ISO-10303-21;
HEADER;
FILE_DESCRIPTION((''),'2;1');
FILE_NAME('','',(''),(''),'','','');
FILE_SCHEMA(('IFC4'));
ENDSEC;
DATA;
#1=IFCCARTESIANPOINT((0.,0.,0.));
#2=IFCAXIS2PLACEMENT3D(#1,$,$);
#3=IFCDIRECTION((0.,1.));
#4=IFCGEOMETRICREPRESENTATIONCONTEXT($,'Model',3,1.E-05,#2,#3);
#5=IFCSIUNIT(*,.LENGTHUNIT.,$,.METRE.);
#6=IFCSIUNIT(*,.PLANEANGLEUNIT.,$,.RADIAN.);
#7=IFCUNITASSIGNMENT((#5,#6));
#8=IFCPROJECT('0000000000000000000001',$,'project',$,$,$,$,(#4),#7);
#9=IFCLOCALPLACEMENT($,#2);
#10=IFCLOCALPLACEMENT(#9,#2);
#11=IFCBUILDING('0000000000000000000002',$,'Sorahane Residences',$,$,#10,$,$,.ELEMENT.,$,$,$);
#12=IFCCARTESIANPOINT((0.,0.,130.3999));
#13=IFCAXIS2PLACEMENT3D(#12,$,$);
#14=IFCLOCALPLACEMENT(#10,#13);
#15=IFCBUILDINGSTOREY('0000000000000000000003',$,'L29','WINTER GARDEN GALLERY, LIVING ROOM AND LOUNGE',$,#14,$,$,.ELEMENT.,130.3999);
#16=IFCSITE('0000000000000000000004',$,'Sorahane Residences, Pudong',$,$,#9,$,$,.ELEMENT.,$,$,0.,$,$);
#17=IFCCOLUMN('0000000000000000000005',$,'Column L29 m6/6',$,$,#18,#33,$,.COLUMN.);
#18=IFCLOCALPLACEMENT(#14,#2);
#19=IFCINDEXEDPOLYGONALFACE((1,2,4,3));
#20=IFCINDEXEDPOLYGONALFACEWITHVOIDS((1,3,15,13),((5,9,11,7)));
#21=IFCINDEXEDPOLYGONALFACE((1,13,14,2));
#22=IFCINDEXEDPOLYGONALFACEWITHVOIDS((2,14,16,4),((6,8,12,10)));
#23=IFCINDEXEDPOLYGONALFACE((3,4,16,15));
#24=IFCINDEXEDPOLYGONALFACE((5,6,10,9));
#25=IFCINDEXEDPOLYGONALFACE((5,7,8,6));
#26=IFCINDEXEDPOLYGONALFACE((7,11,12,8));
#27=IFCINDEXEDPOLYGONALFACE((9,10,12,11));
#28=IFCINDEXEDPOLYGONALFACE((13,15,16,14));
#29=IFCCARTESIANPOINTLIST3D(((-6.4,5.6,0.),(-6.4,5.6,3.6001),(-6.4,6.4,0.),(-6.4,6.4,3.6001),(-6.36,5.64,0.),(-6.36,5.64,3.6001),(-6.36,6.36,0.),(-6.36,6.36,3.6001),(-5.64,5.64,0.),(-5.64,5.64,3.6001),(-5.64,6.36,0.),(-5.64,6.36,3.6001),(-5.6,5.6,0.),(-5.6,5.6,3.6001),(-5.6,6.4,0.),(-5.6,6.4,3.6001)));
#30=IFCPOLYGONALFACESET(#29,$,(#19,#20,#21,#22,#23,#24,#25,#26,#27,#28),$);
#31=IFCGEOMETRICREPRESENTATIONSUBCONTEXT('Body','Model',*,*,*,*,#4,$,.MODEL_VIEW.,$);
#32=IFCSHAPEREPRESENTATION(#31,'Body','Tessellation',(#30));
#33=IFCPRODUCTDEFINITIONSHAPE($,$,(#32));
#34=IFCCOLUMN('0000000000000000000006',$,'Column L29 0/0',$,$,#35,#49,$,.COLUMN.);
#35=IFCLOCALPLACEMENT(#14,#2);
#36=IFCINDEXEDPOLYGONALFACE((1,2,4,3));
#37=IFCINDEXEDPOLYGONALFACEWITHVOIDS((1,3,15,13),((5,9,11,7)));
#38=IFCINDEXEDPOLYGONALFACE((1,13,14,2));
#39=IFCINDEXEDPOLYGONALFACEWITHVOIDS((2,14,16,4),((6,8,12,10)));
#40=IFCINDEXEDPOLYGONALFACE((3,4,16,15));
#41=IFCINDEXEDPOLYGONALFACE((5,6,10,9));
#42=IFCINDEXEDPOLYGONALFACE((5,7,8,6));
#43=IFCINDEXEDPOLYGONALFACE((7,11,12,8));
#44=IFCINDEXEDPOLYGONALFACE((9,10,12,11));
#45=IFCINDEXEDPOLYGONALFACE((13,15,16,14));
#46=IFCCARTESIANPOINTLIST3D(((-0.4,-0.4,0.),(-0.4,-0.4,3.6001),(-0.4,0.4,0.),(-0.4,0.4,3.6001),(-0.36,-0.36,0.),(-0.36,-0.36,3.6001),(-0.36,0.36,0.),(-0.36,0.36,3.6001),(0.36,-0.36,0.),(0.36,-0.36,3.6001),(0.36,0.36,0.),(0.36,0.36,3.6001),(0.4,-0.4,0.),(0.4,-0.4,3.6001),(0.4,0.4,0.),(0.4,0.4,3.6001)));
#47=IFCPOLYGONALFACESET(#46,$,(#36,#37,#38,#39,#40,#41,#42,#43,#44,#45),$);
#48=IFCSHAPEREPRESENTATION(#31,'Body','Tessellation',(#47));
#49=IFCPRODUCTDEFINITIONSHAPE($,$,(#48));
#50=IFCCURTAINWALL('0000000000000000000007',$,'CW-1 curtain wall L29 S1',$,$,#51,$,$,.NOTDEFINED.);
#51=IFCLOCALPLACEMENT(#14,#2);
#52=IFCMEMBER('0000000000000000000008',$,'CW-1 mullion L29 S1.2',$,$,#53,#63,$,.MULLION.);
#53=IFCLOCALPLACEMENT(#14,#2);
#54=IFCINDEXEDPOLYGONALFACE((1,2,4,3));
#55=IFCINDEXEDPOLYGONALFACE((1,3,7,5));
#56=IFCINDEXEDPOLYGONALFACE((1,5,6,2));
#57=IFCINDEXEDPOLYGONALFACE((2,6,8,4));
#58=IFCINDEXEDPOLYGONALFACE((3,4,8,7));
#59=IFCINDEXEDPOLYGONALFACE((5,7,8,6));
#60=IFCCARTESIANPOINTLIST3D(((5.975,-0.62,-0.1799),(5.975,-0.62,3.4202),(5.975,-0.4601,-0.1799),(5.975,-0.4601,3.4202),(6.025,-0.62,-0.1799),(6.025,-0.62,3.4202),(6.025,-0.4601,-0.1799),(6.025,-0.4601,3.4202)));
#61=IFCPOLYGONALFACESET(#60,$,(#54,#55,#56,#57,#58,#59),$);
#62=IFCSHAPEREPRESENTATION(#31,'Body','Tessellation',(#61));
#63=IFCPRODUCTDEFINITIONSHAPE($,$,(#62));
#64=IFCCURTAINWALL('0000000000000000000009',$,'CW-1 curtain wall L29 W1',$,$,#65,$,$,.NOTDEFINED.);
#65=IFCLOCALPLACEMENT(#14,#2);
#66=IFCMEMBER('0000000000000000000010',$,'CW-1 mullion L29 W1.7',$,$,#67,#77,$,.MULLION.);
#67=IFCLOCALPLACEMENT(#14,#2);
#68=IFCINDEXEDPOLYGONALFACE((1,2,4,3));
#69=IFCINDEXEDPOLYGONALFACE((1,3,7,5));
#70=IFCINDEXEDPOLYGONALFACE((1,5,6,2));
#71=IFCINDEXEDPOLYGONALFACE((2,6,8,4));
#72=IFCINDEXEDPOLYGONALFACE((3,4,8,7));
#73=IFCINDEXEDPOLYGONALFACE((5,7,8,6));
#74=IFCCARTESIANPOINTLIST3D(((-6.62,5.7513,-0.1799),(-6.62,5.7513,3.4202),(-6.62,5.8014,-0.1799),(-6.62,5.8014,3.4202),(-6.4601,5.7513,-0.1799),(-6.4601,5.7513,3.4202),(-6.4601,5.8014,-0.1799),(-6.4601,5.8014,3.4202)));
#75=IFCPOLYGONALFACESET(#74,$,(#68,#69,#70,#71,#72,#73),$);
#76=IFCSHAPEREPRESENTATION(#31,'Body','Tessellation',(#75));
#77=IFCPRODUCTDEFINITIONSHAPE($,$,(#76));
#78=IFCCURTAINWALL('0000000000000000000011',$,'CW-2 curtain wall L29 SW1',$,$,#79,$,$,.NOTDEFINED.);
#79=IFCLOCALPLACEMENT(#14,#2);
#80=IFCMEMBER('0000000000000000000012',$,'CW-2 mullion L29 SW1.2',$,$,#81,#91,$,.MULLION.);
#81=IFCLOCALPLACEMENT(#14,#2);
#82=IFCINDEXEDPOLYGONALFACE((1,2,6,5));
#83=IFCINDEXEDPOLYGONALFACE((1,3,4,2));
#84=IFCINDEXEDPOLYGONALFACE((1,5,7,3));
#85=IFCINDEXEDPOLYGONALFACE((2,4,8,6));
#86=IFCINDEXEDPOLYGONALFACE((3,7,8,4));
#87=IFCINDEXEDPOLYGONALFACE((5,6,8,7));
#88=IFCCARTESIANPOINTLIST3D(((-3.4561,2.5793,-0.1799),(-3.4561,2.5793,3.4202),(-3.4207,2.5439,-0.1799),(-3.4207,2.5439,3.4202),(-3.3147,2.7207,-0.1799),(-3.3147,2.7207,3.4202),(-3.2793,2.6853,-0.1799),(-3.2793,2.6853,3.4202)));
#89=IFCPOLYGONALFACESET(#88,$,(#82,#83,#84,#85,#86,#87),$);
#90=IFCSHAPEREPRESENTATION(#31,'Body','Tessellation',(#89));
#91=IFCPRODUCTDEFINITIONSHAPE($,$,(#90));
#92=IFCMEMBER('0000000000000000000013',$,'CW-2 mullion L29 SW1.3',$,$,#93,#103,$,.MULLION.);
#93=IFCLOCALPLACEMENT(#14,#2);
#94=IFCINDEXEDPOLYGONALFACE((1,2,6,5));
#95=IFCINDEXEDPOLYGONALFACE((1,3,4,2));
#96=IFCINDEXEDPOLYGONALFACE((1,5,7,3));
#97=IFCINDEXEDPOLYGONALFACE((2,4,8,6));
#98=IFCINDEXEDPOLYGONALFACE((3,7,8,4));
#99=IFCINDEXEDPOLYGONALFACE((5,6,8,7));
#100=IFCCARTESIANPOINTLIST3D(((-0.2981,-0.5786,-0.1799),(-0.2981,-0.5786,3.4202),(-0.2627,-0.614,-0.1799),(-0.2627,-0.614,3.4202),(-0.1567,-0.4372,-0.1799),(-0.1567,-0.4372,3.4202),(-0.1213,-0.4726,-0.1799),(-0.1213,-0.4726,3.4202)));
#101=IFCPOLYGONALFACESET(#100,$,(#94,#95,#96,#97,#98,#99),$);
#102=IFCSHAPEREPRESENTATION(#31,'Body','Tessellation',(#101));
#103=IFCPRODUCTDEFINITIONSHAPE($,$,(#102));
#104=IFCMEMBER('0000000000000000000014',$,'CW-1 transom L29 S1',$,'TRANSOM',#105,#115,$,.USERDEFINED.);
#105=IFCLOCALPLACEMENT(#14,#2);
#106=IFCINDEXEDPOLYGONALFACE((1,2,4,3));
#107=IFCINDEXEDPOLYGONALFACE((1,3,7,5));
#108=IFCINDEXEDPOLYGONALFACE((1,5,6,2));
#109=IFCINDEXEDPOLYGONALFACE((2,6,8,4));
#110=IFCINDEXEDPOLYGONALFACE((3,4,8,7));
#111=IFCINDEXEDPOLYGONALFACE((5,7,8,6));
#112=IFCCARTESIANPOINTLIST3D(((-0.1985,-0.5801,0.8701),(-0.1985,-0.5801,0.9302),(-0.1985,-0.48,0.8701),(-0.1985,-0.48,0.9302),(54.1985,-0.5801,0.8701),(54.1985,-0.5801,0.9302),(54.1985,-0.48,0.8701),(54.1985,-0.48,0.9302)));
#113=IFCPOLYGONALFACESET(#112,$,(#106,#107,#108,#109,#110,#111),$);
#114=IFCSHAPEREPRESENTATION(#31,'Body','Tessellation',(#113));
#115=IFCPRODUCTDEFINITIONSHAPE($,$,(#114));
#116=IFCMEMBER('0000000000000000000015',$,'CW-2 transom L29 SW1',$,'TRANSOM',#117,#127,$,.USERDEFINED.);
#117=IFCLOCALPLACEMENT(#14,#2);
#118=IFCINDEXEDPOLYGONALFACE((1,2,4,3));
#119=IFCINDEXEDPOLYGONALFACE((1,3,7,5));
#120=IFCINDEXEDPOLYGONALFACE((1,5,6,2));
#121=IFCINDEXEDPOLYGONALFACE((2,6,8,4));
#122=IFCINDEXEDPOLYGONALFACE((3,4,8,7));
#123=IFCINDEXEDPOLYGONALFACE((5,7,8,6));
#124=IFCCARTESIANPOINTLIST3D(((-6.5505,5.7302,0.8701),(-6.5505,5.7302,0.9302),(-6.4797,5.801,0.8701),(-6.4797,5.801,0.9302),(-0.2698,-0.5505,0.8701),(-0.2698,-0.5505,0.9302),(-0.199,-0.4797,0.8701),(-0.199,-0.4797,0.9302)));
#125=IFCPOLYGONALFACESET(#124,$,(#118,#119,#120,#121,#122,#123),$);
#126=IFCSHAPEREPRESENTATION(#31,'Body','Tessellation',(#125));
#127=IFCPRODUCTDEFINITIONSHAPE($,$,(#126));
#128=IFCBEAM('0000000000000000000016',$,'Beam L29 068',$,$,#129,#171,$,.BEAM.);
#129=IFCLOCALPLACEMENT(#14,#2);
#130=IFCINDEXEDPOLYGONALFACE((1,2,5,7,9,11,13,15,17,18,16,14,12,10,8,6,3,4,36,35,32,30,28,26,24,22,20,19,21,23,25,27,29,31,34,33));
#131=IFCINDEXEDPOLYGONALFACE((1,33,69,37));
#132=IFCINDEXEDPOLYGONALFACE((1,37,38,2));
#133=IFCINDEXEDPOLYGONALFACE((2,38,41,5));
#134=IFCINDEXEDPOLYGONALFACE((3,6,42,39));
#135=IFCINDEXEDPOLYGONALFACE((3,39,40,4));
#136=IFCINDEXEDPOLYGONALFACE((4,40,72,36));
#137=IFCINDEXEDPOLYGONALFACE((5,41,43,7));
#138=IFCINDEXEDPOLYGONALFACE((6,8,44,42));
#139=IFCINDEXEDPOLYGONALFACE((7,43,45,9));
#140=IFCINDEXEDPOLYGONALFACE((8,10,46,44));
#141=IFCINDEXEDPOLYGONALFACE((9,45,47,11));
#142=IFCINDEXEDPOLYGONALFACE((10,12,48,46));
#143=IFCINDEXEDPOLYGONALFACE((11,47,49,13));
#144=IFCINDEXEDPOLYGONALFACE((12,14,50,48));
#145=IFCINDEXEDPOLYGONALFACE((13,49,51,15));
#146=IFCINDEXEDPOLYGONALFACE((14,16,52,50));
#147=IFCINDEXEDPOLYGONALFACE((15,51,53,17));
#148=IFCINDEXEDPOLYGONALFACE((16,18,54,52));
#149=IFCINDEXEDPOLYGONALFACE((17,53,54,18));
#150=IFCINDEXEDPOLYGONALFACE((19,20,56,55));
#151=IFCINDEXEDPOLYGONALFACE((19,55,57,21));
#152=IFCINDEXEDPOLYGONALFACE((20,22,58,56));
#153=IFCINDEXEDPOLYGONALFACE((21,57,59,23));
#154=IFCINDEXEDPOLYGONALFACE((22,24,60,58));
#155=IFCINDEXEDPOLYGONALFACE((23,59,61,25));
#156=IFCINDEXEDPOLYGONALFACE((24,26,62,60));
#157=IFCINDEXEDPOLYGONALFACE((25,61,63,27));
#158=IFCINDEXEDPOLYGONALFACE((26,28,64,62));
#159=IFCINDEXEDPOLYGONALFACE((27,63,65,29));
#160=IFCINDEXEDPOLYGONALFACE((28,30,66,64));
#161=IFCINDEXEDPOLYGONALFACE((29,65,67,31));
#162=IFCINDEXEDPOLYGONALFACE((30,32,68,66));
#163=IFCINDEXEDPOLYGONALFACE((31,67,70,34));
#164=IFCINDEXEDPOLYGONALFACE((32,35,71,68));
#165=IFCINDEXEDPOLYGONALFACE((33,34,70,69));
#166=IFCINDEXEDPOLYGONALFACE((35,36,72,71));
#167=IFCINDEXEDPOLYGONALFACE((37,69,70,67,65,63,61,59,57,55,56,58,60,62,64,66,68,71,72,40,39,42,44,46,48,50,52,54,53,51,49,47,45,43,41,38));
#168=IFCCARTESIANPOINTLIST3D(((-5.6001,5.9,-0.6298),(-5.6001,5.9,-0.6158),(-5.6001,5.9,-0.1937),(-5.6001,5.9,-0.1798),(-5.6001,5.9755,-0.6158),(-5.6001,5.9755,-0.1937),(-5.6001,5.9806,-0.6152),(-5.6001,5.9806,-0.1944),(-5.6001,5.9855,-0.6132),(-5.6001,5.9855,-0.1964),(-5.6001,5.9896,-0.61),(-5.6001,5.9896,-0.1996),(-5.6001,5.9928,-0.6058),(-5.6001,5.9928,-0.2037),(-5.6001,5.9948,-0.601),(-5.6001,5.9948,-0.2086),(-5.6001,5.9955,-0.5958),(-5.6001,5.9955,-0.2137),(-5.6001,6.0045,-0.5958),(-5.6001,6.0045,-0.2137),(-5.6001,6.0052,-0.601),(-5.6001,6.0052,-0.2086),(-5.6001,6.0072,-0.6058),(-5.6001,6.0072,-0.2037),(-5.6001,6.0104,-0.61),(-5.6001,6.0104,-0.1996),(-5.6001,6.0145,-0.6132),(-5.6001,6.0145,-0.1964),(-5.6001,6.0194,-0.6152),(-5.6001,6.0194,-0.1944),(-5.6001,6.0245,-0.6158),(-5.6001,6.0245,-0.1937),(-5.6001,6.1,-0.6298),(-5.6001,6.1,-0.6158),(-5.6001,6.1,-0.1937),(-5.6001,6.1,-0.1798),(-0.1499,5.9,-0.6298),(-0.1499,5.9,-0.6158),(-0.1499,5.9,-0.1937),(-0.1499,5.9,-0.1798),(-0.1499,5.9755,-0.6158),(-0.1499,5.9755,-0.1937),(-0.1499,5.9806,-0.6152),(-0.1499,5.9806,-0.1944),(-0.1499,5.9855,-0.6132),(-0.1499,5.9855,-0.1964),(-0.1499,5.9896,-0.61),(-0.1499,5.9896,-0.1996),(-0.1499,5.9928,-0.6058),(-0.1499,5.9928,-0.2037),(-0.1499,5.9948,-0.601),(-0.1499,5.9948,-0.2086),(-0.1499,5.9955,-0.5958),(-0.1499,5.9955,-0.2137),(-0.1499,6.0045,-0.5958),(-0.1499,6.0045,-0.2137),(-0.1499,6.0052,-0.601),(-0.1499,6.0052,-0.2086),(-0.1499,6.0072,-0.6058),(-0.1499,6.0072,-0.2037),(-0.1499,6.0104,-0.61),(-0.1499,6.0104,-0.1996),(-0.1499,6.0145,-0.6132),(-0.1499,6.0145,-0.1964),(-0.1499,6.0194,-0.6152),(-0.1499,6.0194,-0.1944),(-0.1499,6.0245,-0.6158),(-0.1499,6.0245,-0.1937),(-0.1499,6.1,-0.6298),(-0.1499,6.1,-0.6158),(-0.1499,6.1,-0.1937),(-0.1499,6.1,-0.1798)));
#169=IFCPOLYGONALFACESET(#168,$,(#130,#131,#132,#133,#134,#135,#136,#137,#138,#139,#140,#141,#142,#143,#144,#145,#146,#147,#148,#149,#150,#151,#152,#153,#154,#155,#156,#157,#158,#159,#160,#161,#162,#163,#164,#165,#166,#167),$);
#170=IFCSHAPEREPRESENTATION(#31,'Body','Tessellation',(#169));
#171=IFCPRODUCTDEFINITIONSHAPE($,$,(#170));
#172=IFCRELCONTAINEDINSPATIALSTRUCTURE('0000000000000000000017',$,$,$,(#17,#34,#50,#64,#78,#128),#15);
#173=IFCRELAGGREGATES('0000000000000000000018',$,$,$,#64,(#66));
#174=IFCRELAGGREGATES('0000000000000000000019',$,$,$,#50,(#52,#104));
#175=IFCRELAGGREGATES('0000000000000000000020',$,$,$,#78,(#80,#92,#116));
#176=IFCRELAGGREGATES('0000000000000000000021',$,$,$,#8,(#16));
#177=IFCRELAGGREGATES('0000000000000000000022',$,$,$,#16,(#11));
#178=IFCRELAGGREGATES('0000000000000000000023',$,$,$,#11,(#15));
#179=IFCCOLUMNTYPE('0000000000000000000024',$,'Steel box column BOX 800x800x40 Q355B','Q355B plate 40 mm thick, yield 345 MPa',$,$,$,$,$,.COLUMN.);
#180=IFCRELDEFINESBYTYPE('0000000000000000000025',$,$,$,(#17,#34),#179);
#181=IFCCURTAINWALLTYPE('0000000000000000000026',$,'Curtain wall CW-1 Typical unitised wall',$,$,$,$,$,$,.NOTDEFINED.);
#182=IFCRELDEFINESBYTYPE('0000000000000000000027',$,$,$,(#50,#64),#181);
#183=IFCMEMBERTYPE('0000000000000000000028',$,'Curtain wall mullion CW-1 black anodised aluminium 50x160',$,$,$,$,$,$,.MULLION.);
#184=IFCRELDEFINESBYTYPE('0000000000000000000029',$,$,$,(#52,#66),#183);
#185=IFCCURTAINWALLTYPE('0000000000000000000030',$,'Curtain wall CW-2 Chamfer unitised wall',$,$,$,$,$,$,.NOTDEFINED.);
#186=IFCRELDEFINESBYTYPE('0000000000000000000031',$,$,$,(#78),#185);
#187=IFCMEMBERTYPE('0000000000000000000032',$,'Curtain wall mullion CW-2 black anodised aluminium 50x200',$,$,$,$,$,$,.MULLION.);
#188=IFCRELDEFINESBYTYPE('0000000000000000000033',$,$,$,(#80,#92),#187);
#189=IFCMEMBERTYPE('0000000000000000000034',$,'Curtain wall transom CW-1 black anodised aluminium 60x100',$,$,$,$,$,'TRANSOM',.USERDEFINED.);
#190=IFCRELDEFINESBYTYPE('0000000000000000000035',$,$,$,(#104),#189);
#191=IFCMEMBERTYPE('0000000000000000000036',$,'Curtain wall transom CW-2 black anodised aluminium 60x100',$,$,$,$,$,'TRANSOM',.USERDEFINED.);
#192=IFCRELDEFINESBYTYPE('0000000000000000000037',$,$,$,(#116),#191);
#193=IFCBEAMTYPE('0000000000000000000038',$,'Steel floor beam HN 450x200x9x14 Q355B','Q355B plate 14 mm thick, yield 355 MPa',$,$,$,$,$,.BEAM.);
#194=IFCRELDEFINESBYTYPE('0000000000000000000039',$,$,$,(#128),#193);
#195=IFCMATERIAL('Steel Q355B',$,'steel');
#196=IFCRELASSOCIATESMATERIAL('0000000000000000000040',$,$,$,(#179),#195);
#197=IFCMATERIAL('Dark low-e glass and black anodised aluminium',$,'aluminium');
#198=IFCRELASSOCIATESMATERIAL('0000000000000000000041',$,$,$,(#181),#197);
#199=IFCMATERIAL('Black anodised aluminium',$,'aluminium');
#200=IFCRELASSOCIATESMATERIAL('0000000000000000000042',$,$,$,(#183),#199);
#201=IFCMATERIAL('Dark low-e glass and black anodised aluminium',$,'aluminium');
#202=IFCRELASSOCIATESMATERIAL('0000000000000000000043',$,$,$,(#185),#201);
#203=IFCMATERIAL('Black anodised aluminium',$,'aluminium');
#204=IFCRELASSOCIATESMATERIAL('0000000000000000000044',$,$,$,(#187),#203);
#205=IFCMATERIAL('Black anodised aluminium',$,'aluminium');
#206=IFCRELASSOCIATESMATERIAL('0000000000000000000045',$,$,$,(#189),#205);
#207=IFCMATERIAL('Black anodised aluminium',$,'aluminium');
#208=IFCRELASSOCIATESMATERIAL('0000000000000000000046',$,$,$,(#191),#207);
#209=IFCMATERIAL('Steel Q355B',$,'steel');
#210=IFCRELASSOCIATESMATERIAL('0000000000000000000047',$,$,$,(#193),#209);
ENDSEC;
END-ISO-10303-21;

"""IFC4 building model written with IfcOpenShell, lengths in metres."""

from ifc_helpers import new_model, si_unit, direction, frame, origin, origin_2d, place, context, subcontext, project, spatial, rectangle, hollow_rectangle, i_section, extrude, material, material_profile, profile_set, type_object, element, aggregate, save


model = new_model("IFC4")

# Units and contexts
model_context = context("Model", 3, precision=1e-05, world=origin(), true_north=direction((0.0, 1.0)))
body_context = subcontext(model_context, "Body", "Model", "MODEL_VIEW")
ifc_project = project(units=[si_unit("LENGTHUNIT", "METRE"), si_unit("PLANEANGLEUNIT", "RADIAN")], contexts=[model_context])

# Site, building, storey
site_placement = place(None, origin())
site = spatial("IfcSite", under=ifc_project, at=site_placement, Name="Sorahane Residences, Pudong", CompositionType="ELEMENT", RefElevation=0.0)
building_placement = place(site_placement, origin())
building = spatial("IfcBuilding", under=site, at=building_placement, Name="Sorahane Residences", CompositionType="ELEMENT")
storey_placement = place(building_placement, frame((0.0, 0.0, 130.3999)))
storey = spatial("IfcBuildingStorey", under=building, at=storey_placement, Name="L29", Description="WINTER GARDEN GALLERY, LIVING ROOM AND LOUNGE", CompositionType="ELEMENT", Elevation=130.3999)

# Columns
ifc_material_1 = material(Name="Steel Q355B", Category="steel")
ifc_material_profile_1 = material_profile(ifc_material_1, hollow_rectangle(XDim=0.8, YDim=0.8, WallThickness=0.04, at=origin_2d()), Name="BOX 800x800x40")
ifc_profile_set_1 = profile_set([ifc_material_profile_1], Name="Steel Q355B")
column_type = type_object("IfcColumnType", Name="Steel box column BOX 800x800x40 Q355B", Description="Q355B plate 40 mm thick, yield 345 MPa", PredefinedType="COLUMN", material=ifc_profile_set_1)
for number, where, z_axis, x_axis, name in (
    (1, (-6.0, 6.0, 0.0), (0.0, 0.0, 1.0), (1.0, 0.0, 0.0), "Column L29 m6/6"),
    (2, (0.0, 0.0, 0.0), (0.0, 0.0, 1.0), (1.0, 0.0, 0.0), "Column L29 0/0"),
):
    element("IfcColumn", number, at=place(storey_placement, frame(where, z_axis=z_axis, x_axis=x_axis)), inside=storey, type_object=column_type, Name=name, PredefinedType="COLUMN", context=body_context, shape_type="SweptSolid", body=[
        extrude(hollow_rectangle(XDim=0.8, YDim=0.8, WallThickness=0.04, at=origin_2d()), origin(), (0.0, 0.0, 1.0), 3.6001),
    ])

# Curtain walls, members
ifc_material_2 = material(Name="Dark low-e glass and black anodised aluminium", Category="aluminium")
curtain_wall_type_1 = type_object("IfcCurtainWallType", Name="Curtain wall CW-1 Typical unitised wall", PredefinedType="NOTDEFINED", material=ifc_material_2)
curtain_wall_1_placement = place(storey_placement, origin())
curtain_wall_1 = element("IfcCurtainWall", 3, at=curtain_wall_1_placement, inside=storey, type_object=curtain_wall_type_1, Name="CW-1 curtain wall L29 S1", PredefinedType="NOTDEFINED")
ifc_material_3 = material(Name="Black anodised aluminium", Category="aluminium")
ifc_material_profile_2 = material_profile(ifc_material_3, rectangle(XDim=0.1599, YDim=0.05, at=origin_2d()), Name="Curtain wall mullion CW-1 black anodised aluminium 50x160")
ifc_profile_set_2 = profile_set([ifc_material_profile_2], Name="Black anodised aluminium")
member_type_1 = type_object("IfcMemberType", Name="Curtain wall mullion CW-1 black anodised aluminium 50x160", PredefinedType="MULLION", material=ifc_profile_set_2)
member_1_placement = place(storey_placement, frame((6.0, -0.54, -0.1799), z_axis=(0.0, 0.0, 1.0), x_axis=(0.0, -1.0, 0.0)))
member_1 = element("IfcMember", 4, at=member_1_placement, type_object=member_type_1, Name="CW-1 mullion L29 S1.2", PredefinedType="MULLION", context=body_context, shape_type="SweptSolid", body=[
    extrude(rectangle(XDim=0.1599, YDim=0.05, at=origin_2d()), origin(), (0.0, 0.0, 1.0), 3.6001),
])
curtain_wall_2_placement = place(storey_placement, origin())
curtain_wall_2 = element("IfcCurtainWall", 5, at=curtain_wall_2_placement, inside=storey, type_object=curtain_wall_type_1, Name="CW-1 curtain wall L29 W1", PredefinedType="NOTDEFINED")
member_2_placement = place(storey_placement, frame((-6.54, 5.7764, -0.1799), z_axis=(0.0, 0.0, 1.0), x_axis=(-1.0, 0.0, 0.0)))
member_2 = element("IfcMember", 6, at=member_2_placement, type_object=member_type_1, Name="CW-1 mullion L29 W1.7", PredefinedType="MULLION", context=body_context, shape_type="SweptSolid", body=[
    extrude(rectangle(XDim=0.1599, YDim=0.05, at=origin_2d()), origin(), (0.0, 0.0, 1.0), 3.6001),
])
aggregate(curtain_wall_2, [member_2])

# Curtain wall, members
ifc_material_4 = material(Name="Dark low-e glass and black anodised aluminium", Category="aluminium")
curtain_wall_type_2 = type_object("IfcCurtainWallType", Name="Curtain wall CW-2 Chamfer unitised wall", PredefinedType="NOTDEFINED", material=ifc_material_4)
curtain_wall_3_placement = place(storey_placement, origin())
curtain_wall_3 = element("IfcCurtainWall", 7, at=curtain_wall_3_placement, inside=storey, type_object=curtain_wall_type_2, Name="CW-2 curtain wall L29 SW1", PredefinedType="NOTDEFINED")
ifc_material_5 = material(Name="Black anodised aluminium", Category="aluminium")
ifc_material_profile_3 = material_profile(ifc_material_5, rectangle(XDim=0.2, YDim=0.05, at=origin_2d()), Name="Curtain wall mullion CW-2 black anodised aluminium 50x200")
ifc_profile_set_3 = profile_set([ifc_material_profile_3], Name="Black anodised aluminium")
member_type_2 = type_object("IfcMemberType", Name="Curtain wall mullion CW-2 black anodised aluminium 50x200", PredefinedType="MULLION", material=ifc_profile_set_3)
member_3_placement = place(storey_placement, frame((-3.3677, 2.6323, -0.1799), z_axis=(0.0, 0.0, 1.0), x_axis=(-0.707107, -0.707107, 0.0)))
member_3 = element("IfcMember", 8, at=member_3_placement, type_object=member_type_2, Name="CW-2 mullion L29 SW1.2", PredefinedType="MULLION", context=body_context, shape_type="SweptSolid", body=[
    extrude(rectangle(XDim=0.2, YDim=0.05, at=origin_2d()), origin(), (0.0, 0.0, 1.0), 3.6001),
])
member_4_placement = place(storey_placement, frame((-0.2097, -0.5256, -0.1799), z_axis=(0.0, 0.0, 1.0), x_axis=(-0.707107, -0.707107, 0.0)))
member_4 = element("IfcMember", 9, at=member_4_placement, type_object=member_type_2, Name="CW-2 mullion L29 SW1.3", PredefinedType="MULLION", context=body_context, shape_type="SweptSolid", body=[
    extrude(rectangle(XDim=0.2, YDim=0.05, at=origin_2d()), origin(), (0.0, 0.0, 1.0), 3.6001),
])

# Members
ifc_material_6 = material(Name="Black anodised aluminium", Category="aluminium")
ifc_material_profile_4 = material_profile(ifc_material_6, rectangle(XDim=0.1001, YDim=0.0601, at=origin_2d()), Name="Curtain wall transom CW-1 black anodised aluminium 60x100")
ifc_profile_set_4 = profile_set([ifc_material_profile_4], Name="Black anodised aluminium")
member_type_3 = type_object("IfcMemberType", Name="Curtain wall transom CW-1 black anodised aluminium 60x100", ElementType="TRANSOM", PredefinedType="USERDEFINED", material=ifc_profile_set_4)
member_5_placement = place(storey_placement, frame((-0.1985, -0.53, 0.9001), z_axis=(1.0, 0.0, 0.0), x_axis=(0.0, 1.0, 0.0)))
member_5 = element("IfcMember", 10, at=member_5_placement, type_object=member_type_3, Name="CW-1 transom L29 S1", ObjectType="TRANSOM", PredefinedType="USERDEFINED", context=body_context, shape_type="SweptSolid", body=[
    extrude(rectangle(XDim=0.1001, YDim=0.0601, at=origin_2d()), origin(), (0.0, 0.0, 1.0), 54.397),
])
ifc_material_7 = material(Name="Black anodised aluminium", Category="aluminium")
ifc_material_profile_5 = material_profile(ifc_material_7, rectangle(XDim=0.1001, YDim=0.0601, at=origin_2d()), Name="Curtain wall transom CW-2 black anodised aluminium 60x100")
ifc_profile_set_5 = profile_set([ifc_material_profile_5], Name="Black anodised aluminium")
member_type_4 = type_object("IfcMemberType", Name="Curtain wall transom CW-2 black anodised aluminium 60x100", ElementType="TRANSOM", PredefinedType="USERDEFINED", material=ifc_profile_set_5)
member_6_placement = place(storey_placement, frame((-6.5151, 5.7656, 0.9001), z_axis=(0.707107, -0.707107, 0.0), x_axis=(0.707107, 0.707107, 0.0)))
member_6 = element("IfcMember", 11, at=member_6_placement, type_object=member_type_4, Name="CW-2 transom L29 SW1", ObjectType="TRANSOM", PredefinedType="USERDEFINED", context=body_context, shape_type="SweptSolid", body=[
    extrude(rectangle(XDim=0.1001, YDim=0.0601, at=origin_2d()), origin(), (0.0, 0.0, 1.0), 8.8823),
])

# Beam
ifc_material_8 = material(Name="Steel Q355B", Category="steel")
ifc_material_profile_6 = material_profile(ifc_material_8, i_section(OverallWidth=0.2, OverallDepth=0.45, WebThickness=0.009, FlangeThickness=0.0139, FilletRadius=0.02, at=origin_2d()), Name="HN 450x200x9x14")
ifc_profile_set_6 = profile_set([ifc_material_profile_6], Name="Steel Q355B")
beam_type_1 = type_object("IfcBeamType", Name="Steel floor beam HN 450x200x9x14 Q355B", Description="Q355B plate 14 mm thick, yield 355 MPa", PredefinedType="BEAM", material=ifc_profile_set_6)
beam_1_placement = place(storey_placement, frame((-5.6001, 6.0, -0.4048), z_axis=(1.0, 0.0, 0.0), x_axis=(0.0, 1.0, 0.0)))
element("IfcBeam", 12, at=beam_1_placement, inside=storey, type_object=beam_type_1, Name="Beam L29 068", PredefinedType="BEAM", context=body_context, shape_type="SweptSolid", body=[
    extrude(i_section(OverallWidth=0.2, OverallDepth=0.45, WebThickness=0.009, FlangeThickness=0.0139, FilletRadius=0.02, at=origin_2d()), origin(), (0.0, 0.0, 1.0), 5.4502),
])

aggregate(curtain_wall_1, [member_1, member_5])
aggregate(curtain_wall_3, [member_3, member_4, member_6])

save(model, "model.ifc")
